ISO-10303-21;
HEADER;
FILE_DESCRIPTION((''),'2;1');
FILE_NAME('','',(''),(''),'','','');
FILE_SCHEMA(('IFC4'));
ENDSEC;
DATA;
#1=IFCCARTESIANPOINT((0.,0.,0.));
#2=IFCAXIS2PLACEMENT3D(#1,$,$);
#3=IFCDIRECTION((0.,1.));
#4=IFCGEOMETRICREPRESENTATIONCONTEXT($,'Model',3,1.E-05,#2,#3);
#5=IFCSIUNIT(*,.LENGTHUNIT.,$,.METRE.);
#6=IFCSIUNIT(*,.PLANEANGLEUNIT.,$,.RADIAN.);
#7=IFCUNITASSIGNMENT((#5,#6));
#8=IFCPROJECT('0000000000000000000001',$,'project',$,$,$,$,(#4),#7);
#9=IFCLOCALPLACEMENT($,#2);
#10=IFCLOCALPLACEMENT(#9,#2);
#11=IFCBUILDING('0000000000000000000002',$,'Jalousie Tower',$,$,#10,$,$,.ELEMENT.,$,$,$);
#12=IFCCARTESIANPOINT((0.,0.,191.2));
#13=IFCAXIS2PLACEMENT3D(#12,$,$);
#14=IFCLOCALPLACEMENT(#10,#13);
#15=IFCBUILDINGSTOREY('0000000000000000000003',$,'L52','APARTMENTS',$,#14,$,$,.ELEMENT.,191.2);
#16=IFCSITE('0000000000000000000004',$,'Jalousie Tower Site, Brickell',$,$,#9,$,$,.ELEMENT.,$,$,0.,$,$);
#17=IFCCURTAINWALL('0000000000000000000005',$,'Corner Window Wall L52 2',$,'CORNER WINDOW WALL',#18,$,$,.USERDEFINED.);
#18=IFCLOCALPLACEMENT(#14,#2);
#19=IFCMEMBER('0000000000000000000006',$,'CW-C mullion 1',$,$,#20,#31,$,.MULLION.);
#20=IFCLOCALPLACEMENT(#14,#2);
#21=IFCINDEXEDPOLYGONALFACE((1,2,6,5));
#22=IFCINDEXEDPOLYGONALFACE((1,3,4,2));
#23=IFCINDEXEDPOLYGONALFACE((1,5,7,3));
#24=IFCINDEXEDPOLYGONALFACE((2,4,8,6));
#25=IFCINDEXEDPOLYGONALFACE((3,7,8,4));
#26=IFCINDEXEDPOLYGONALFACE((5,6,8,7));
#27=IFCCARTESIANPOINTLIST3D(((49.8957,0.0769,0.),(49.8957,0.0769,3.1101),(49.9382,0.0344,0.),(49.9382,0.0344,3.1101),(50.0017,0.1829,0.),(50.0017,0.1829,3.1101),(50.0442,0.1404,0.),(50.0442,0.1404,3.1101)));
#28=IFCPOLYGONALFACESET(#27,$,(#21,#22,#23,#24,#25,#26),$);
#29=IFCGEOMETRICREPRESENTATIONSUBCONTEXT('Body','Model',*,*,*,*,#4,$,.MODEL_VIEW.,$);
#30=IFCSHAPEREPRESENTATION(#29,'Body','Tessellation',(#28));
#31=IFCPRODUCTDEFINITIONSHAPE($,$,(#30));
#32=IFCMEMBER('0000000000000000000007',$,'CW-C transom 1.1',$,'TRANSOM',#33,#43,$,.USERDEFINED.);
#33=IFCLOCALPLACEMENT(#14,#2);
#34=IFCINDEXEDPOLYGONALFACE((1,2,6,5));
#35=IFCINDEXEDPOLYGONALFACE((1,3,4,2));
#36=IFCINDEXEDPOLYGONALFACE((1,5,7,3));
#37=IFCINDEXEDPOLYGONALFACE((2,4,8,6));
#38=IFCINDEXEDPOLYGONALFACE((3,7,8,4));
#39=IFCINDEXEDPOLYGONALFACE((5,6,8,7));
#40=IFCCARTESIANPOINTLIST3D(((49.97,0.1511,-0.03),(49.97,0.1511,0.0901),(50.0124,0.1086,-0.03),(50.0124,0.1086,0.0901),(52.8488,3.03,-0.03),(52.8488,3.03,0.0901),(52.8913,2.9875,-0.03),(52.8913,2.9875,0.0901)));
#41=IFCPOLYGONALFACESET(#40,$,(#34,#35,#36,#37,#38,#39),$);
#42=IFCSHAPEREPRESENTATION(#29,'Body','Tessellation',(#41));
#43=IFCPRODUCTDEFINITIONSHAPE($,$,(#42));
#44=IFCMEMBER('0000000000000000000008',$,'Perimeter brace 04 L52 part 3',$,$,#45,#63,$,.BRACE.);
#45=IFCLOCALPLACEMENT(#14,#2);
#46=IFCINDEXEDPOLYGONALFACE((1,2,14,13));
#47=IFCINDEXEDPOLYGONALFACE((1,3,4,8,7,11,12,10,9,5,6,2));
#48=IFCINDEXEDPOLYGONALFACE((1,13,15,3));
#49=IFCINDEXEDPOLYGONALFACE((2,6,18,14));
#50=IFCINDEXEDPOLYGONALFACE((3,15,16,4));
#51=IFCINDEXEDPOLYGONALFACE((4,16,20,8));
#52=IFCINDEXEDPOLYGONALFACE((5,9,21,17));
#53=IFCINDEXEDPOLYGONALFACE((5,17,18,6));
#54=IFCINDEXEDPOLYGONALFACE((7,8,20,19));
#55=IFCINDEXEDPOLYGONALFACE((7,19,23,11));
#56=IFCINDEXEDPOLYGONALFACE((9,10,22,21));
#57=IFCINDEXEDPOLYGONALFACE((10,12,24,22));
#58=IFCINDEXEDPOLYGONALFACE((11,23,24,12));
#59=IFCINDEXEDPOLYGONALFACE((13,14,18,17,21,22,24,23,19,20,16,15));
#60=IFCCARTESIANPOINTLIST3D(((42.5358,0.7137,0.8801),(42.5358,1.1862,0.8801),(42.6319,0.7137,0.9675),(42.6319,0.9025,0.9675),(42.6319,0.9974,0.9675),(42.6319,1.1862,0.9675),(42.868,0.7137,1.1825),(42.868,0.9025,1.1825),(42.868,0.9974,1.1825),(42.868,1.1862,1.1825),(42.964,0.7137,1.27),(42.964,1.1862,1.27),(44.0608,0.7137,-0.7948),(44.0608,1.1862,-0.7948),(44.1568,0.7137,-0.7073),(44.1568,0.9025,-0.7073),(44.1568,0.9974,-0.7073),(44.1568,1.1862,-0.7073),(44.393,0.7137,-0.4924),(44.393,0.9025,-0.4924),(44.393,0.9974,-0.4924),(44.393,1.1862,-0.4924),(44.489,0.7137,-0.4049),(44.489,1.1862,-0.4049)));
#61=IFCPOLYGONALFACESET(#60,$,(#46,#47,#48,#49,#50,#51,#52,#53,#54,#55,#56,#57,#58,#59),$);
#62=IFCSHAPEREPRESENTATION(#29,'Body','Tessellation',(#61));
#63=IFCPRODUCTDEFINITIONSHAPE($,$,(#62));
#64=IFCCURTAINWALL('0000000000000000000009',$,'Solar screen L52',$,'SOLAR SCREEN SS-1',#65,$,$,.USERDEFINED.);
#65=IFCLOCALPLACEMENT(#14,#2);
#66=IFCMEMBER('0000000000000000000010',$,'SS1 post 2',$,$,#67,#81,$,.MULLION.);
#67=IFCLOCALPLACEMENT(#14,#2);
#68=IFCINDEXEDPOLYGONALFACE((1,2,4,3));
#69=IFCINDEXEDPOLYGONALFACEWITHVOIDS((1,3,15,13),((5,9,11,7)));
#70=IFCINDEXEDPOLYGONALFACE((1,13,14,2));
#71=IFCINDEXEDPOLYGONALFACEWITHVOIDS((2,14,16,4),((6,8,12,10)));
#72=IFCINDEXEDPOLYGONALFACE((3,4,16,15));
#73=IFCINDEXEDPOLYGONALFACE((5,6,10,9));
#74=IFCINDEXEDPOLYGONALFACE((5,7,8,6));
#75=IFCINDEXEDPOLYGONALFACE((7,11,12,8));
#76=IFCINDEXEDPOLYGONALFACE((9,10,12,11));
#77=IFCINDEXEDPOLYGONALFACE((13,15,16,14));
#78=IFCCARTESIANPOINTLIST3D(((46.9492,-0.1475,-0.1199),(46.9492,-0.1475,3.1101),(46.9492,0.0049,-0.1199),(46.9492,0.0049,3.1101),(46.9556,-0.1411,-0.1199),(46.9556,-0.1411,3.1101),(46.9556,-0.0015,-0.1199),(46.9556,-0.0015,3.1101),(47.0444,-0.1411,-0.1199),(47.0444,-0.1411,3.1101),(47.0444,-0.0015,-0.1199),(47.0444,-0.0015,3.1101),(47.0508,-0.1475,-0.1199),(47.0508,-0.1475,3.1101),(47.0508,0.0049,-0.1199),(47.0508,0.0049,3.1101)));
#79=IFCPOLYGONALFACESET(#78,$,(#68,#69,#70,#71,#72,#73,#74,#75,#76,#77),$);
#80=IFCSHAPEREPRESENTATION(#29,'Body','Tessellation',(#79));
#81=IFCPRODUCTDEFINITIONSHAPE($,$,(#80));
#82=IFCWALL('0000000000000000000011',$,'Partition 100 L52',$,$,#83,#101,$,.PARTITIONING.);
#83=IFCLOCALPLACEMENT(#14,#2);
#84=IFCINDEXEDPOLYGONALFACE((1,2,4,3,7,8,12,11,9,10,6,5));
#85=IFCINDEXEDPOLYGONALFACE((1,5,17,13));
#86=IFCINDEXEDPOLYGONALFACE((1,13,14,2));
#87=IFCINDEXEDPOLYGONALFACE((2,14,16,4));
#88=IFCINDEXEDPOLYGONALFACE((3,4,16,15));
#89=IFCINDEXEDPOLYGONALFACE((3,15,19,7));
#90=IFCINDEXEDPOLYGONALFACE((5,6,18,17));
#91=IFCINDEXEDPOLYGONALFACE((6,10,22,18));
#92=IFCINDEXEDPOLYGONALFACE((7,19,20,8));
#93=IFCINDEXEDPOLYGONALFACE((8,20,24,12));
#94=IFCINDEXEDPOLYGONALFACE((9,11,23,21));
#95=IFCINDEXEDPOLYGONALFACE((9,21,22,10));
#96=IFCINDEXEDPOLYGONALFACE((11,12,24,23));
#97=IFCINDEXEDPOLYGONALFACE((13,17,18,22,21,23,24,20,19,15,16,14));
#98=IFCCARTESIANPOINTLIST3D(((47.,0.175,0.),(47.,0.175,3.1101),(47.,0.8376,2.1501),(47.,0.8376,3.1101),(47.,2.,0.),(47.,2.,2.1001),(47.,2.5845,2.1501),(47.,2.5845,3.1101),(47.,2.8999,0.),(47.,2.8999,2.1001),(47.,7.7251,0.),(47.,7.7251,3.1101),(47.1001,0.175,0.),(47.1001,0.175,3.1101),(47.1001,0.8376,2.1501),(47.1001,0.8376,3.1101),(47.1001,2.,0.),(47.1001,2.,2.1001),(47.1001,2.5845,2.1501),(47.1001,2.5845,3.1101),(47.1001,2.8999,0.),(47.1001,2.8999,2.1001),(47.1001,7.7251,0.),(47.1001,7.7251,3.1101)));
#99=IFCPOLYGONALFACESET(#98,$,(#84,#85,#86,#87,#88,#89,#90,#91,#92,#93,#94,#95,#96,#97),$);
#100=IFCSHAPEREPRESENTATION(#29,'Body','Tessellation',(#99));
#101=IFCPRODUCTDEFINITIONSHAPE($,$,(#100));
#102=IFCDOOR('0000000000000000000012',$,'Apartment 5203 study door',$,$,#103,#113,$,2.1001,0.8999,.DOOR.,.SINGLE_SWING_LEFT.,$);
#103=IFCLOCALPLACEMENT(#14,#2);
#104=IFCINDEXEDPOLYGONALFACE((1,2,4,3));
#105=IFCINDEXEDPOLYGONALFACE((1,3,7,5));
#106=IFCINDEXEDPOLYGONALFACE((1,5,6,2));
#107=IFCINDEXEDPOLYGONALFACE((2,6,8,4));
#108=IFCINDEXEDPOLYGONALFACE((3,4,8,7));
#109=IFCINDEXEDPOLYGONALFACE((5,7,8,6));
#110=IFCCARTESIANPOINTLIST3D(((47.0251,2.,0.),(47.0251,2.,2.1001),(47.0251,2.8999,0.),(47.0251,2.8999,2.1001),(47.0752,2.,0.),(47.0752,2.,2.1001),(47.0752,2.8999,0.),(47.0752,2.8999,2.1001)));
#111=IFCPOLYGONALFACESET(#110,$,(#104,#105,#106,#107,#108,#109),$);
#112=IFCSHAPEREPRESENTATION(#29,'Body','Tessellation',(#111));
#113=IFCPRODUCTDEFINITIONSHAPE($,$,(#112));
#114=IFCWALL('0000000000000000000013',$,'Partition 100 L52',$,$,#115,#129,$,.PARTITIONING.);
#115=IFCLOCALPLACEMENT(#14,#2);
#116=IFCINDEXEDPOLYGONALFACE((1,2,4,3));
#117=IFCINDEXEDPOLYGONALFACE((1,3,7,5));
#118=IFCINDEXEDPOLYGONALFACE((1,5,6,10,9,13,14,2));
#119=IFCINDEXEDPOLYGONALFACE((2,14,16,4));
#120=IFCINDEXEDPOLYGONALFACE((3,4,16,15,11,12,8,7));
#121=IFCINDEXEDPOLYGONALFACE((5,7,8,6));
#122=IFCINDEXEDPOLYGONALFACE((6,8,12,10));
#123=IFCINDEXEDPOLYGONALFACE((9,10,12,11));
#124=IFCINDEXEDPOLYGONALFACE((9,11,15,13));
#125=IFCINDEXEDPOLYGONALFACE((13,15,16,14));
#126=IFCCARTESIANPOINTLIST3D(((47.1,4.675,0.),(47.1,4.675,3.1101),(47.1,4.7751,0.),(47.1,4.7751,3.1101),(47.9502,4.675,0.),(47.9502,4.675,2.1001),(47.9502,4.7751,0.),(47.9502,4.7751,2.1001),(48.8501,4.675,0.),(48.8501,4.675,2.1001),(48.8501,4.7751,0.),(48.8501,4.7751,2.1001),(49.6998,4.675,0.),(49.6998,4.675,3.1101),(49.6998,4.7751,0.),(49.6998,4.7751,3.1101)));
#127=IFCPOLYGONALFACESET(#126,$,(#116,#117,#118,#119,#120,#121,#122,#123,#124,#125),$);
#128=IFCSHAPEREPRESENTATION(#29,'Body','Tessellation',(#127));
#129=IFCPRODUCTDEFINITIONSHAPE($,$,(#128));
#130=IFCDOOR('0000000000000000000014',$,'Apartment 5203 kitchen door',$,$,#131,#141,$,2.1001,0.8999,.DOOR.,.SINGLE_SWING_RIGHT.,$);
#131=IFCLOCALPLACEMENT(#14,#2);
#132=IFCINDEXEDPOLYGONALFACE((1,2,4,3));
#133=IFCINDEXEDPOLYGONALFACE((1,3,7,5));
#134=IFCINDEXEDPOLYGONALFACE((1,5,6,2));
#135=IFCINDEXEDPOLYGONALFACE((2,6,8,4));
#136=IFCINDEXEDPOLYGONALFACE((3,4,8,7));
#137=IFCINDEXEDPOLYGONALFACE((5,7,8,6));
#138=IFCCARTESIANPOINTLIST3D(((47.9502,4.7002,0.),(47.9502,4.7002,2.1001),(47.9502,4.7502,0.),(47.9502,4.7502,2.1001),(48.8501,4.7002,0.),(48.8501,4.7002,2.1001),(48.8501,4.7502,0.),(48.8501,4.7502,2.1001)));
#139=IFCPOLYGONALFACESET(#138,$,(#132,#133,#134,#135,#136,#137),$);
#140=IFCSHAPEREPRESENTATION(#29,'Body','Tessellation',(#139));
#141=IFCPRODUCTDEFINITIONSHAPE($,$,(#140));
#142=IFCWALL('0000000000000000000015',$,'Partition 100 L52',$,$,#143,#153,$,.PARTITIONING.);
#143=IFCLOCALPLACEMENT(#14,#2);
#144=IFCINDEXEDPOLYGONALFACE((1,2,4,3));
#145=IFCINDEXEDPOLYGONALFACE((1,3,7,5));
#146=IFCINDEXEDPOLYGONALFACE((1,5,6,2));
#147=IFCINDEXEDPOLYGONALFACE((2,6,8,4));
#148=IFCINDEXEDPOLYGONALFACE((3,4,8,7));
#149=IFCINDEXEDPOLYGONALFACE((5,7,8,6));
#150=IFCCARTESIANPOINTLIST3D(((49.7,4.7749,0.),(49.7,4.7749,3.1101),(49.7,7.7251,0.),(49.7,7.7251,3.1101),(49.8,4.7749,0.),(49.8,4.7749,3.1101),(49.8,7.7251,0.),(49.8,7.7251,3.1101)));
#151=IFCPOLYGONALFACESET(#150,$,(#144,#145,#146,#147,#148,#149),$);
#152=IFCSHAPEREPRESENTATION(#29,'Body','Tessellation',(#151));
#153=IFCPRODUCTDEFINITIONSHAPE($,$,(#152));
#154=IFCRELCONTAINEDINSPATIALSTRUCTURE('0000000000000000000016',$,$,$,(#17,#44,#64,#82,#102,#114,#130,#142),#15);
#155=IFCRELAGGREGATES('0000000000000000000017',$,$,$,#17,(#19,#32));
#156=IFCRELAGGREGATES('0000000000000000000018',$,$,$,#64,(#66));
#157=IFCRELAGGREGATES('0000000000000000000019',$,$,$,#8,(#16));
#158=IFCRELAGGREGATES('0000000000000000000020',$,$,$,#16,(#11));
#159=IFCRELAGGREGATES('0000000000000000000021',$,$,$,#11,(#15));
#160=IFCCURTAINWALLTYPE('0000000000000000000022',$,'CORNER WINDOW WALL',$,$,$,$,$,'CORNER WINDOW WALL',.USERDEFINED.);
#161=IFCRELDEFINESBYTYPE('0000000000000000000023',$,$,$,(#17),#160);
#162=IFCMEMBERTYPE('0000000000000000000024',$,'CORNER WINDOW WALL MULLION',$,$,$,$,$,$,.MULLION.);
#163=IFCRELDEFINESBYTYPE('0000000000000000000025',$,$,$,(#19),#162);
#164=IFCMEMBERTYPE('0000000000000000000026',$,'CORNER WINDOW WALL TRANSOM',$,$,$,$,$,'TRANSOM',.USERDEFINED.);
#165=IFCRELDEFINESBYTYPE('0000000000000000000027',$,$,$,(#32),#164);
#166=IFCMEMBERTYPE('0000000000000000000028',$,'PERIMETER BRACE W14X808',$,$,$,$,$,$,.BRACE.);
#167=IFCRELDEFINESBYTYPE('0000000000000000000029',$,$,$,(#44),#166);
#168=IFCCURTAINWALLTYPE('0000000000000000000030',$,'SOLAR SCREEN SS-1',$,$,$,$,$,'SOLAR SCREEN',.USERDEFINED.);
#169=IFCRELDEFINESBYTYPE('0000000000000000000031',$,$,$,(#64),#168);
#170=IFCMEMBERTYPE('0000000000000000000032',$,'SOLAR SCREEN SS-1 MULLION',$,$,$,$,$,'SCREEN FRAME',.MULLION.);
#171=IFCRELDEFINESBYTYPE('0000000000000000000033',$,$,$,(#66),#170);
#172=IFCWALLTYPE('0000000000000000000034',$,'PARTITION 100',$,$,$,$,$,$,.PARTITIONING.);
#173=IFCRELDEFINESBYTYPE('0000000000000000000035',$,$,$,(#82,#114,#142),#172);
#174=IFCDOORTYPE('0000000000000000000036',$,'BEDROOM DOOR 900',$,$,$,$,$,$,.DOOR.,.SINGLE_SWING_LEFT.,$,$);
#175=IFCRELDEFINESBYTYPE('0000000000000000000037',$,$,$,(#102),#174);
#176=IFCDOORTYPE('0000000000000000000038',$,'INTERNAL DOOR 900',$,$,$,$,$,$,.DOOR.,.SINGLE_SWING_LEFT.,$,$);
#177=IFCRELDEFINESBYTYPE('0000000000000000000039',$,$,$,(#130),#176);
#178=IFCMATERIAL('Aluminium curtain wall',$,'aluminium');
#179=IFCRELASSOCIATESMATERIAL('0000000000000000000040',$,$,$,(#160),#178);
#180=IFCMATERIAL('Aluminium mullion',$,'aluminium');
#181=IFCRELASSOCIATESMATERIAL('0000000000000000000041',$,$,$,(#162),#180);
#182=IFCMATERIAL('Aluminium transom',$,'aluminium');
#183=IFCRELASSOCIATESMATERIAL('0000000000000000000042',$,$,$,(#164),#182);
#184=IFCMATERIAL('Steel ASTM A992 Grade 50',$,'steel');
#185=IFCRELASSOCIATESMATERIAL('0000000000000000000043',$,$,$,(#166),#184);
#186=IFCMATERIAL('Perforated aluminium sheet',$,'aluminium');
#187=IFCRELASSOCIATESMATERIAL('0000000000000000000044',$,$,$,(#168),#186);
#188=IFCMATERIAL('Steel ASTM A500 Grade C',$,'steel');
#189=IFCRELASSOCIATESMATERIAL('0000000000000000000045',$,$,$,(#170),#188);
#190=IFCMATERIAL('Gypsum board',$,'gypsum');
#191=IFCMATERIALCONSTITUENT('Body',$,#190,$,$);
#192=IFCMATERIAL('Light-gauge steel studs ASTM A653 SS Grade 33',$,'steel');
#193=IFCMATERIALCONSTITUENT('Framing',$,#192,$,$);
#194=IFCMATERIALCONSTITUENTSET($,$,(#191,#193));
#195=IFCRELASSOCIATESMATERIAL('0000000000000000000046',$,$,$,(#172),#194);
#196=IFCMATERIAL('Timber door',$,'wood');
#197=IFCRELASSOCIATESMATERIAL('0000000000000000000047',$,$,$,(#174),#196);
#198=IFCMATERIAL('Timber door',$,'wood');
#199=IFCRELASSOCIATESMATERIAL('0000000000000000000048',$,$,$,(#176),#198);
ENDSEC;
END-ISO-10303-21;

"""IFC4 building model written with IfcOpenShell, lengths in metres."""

from ifc_helpers import new_model, si_unit, direction, frame, frame_2d, origin, origin_2d, place, context, subcontext, project, spatial, polyline, rectangle, hollow_rectangle, i_section, outline, extrude, material, constituent, constituent_set, material_profile, profile_set, type_object, element, fill, aggregate, save


model = new_model("IFC4")

# Units and contexts
model_context = context("Model", 3, precision=1e-05, world=origin(), true_north=direction((0.0, 1.0)))
body_context = subcontext(model_context, "Body", "Model", "MODEL_VIEW")
ifc_project = project(units=[si_unit("LENGTHUNIT", "METRE"), si_unit("PLANEANGLEUNIT", "RADIAN")], contexts=[model_context])

# Site, building, storey
site_placement = place(None, origin())
site = spatial("IfcSite", under=ifc_project, at=site_placement, Name="Jalousie Tower Site, Brickell", CompositionType="ELEMENT", RefElevation=0.0)
building_placement = place(site_placement, origin())
building = spatial("IfcBuilding", under=site, at=building_placement, Name="Jalousie Tower", CompositionType="ELEMENT")
storey_placement = place(building_placement, frame((0.0, 0.0, 191.2)))
storey = spatial("IfcBuildingStorey", under=building, at=storey_placement, Name="L52", Description="APARTMENTS", CompositionType="ELEMENT", Elevation=191.2)

# Curtain wall, members
ifc_material_1 = material(Name="Aluminium curtain wall", Category="aluminium")
curtain_wall_type_1 = type_object("IfcCurtainWallType", Name="CORNER WINDOW WALL", ElementType="CORNER WINDOW WALL", PredefinedType="USERDEFINED", material=ifc_material_1)
curtain_wall_1_placement = place(storey_placement, origin())
curtain_wall_1 = element("IfcCurtainWall", 1, at=curtain_wall_1_placement, inside=storey, type_object=curtain_wall_type_1, Name="Corner Window Wall L52 2", ObjectType="CORNER WINDOW WALL", PredefinedType="USERDEFINED")
ifc_material_2 = material(Name="Aluminium mullion", Category="aluminium")
ifc_material_profile_1 = material_profile(ifc_material_2, rectangle(XDim=0.0601, YDim=0.1499, at=origin_2d()), Name="MULLION 60x150")
ifc_profile_set_1 = profile_set([ifc_material_profile_1], Name="Aluminium mullion")
member_type_1 = type_object("IfcMemberType", Name="CORNER WINDOW WALL MULLION", PredefinedType="MULLION", material=ifc_profile_set_1)
member_1_placement = place(storey_placement, frame((49.97, 0.1086, 0.0), z_axis=(0.0, 0.0, 1.0), x_axis=(-0.707107, 0.707107, 0.0)))
member_1 = element("IfcMember", 2, at=member_1_placement, type_object=member_type_1, Name="CW-C mullion 1", PredefinedType="MULLION", context=body_context, shape_type="SweptSolid", body=[
    extrude(rectangle(XDim=0.0601, YDim=0.1499, at=origin_2d()), origin(), (0.0, 0.0, 1.0), 3.1101),
])
ifc_material_3 = material(Name="Aluminium transom", Category="aluminium")
ifc_material_profile_2 = material_profile(ifc_material_3, rectangle(XDim=0.0601, YDim=0.1201, at=origin_2d()), Name="TRANSOM 60x120")
ifc_profile_set_2 = profile_set([ifc_material_profile_2], Name="Aluminium transom")
member_type_2 = type_object("IfcMemberType", Name="CORNER WINDOW WALL TRANSOM", ElementType="TRANSOM", PredefinedType="USERDEFINED", material=ifc_profile_set_2)
member_2_placement = place(storey_placement, frame((49.9912, 0.1299, 0.03), z_axis=(0.707107, 0.707107, 0.0), x_axis=(-0.707107, 0.707107, 0.0)))
member_2 = element("IfcMember", 3, at=member_2_placement, type_object=member_type_2, Name="CW-C transom 1.1", ObjectType="TRANSOM", PredefinedType="USERDEFINED", context=body_context, shape_type="SweptSolid", body=[
    extrude(rectangle(XDim=0.0601, YDim=0.1201, at=origin_2d()), origin(), (0.0, 0.0, 1.0), 4.0713),
])
aggregate(curtain_wall_1, [member_1, member_2])

# Member
ifc_material_4 = material(Name="Steel ASTM A992 Grade 50", Category="steel")
ifc_material_profile_3 = material_profile(ifc_material_4, i_section(OverallWidth=0.4724, OverallDepth=0.5791, WebThickness=0.095, FlangeThickness=0.1299, at=origin_2d()), Name="W14X808")
ifc_profile_set_3 = profile_set([ifc_material_profile_3], Name="Steel ASTM A992 Grade 50")
member_type_3 = type_object("IfcMemberType", Name="PERIMETER BRACE W14X808", PredefinedType="BRACE", material=ifc_profile_set_3)
member_3_placement = place(storey_placement, frame((44.2749, 0.95, -0.5999), z_axis=(-0.673241, 0.0, 0.739423), x_axis=(0.0, -1.0, 0.0)))
element("IfcMember", 4, at=member_3_placement, inside=storey, type_object=member_type_3, Name="Perimeter brace 04 L52 part 3", PredefinedType="BRACE", context=body_context, shape_type="SweptSolid", body=[
    extrude(i_section(OverallWidth=0.4724, OverallDepth=0.5791, WebThickness=0.095, FlangeThickness=0.1299, at=origin_2d()), origin(), (0.0, 0.0, 1.0), 2.2651),
])

# Curtain wall, member
ifc_material_5 = material(Name="Perforated aluminium sheet", Category="aluminium")
curtain_wall_type_2 = type_object("IfcCurtainWallType", Name="SOLAR SCREEN SS-1", ElementType="SOLAR SCREEN", PredefinedType="USERDEFINED", material=ifc_material_5)
curtain_wall_2_placement = place(storey_placement, origin())
curtain_wall_2 = element("IfcCurtainWall", 5, at=curtain_wall_2_placement, inside=storey, type_object=curtain_wall_type_2, Name="Solar screen L52", ObjectType="SOLAR SCREEN SS-1", PredefinedType="USERDEFINED")
ifc_material_6 = material(Name="Steel ASTM A500 Grade C", Category="steel")
ifc_material_profile_4 = material_profile(ifc_material_6, hollow_rectangle(XDim=0.1016, YDim=0.1523, WallThickness=0.0063, at=origin_2d()), Name="HSS6X4X1/4")
ifc_profile_set_4 = profile_set([ifc_material_profile_4], Name="Steel ASTM A500 Grade C")
member_type_4 = type_object("IfcMemberType", Name="SOLAR SCREEN SS-1 MULLION", ElementType="SCREEN FRAME", PredefinedType="MULLION", material=ifc_profile_set_4)
member_4_placement = place(storey_placement, frame((47.0, -0.0713, -0.1199), z_axis=(0.0, 0.0, 1.0), x_axis=(1.0, 0.0, 0.0)))
member_4 = element("IfcMember", 6, at=member_4_placement, type_object=member_type_4, Name="SS1 post 2", PredefinedType="MULLION", context=body_context, shape_type="SweptSolid", body=[
    extrude(hollow_rectangle(XDim=0.1016, YDim=0.1523, WallThickness=0.0063, at=origin_2d()), origin(), (0.0, 0.0, 1.0), 3.23),
])
aggregate(curtain_wall_2, [member_4])

# Walls, openings, doors
ifc_material_7 = material(Name="Gypsum board", Category="gypsum")
ifc_constituent_1 = constituent(ifc_material_7, Name="Body")
ifc_material_8 = material(Name="Light-gauge steel studs ASTM A653 SS Grade 33", Category="steel")
ifc_constituent_2 = constituent(ifc_material_8, Name="Framing")
ifc_constituent_set_1 = constituent_set(constituents=[ifc_constituent_1, ifc_constituent_2])
wall_type_1 = type_object("IfcWallType", Name="PARTITION 100", PredefinedType="PARTITIONING", material=ifc_constituent_set_1)
wall_1_placement = place(storey_placement, frame((47.05, 0.175, 0.0), z_axis=(0.0, 0.0, 1.0), x_axis=(0.0, 1.0, 0.0)))
wall_1 = element("IfcWall", 7, at=wall_1_placement, inside=storey, type_object=wall_type_1, Name="Partition 100 L52", PredefinedType="PARTITIONING", context=body_context, shape_type="SweptSolid", body=[
    extrude(outline(polyline([(0.0, 0.0), (7.55, 0.0), (7.55, 3.1101), (2.4094, 3.1101), (2.4094, 2.1501), (0.6626, 2.1501), (0.6626, 3.1101), (0.0, 3.1101), (0.0, 0.0)])), frame((0.0, 0.05, 0.0), z_axis=(0.0, -1.0, 0.0), x_axis=(1.0, 0.0, 0.0)), (0.0, 0.0, 1.0), 0.1001),
])
opening_1_placement = place(wall_1_placement, frame((1.825, 0.0, 0.0)))
opening_1 = element("IfcOpeningElement", 8, at=opening_1_placement, cuts=wall_1, PredefinedType="OPENING", context=body_context, shape_type="SweptSolid", body=[
    extrude(rectangle(XDim=0.8999, YDim=2.1001, at=frame_2d((0.45, 1.05))), frame((0.0, 0.0601, 0.0), z_axis=(0.0, -1.0, 0.0), x_axis=(1.0, 0.0, 0.0)), (0.0, 0.0, 1.0), 0.1201),
])
ifc_material_9 = material(Name="Timber door", Category="wood")
door_type_1 = type_object("IfcDoorType", Name="BEDROOM DOOR 900", OperationType="SINGLE_SWING_LEFT", PredefinedType="DOOR", material=ifc_material_9)
door_1_placement = place(opening_1_placement, origin())
door_1 = element("IfcDoor", 9, at=door_1_placement, inside=storey, type_object=door_type_1, Name="Apartment 5203 study door", OperationType="SINGLE_SWING_LEFT", OverallHeight=2.1001, OverallWidth=0.8999, PredefinedType="DOOR", context=body_context, shape_type="SweptSolid", body=[
    extrude(rectangle(XDim=0.8999, YDim=2.1001, at=frame_2d((0.45, 1.05))), frame((0.0, 0.0249, 0.0), z_axis=(0.0, -1.0, 0.0), x_axis=(1.0, 0.0, 0.0)), (0.0, 0.0, 1.0), 0.05),
])
fill(opening_1, door_1)
wall_2_placement = place(storey_placement, frame((47.1001, 4.7251, 0.0), z_axis=(0.0, 0.0, 1.0), x_axis=(1.0, 0.0, 0.0)))
wall_2 = element("IfcWall", 10, at=wall_2_placement, inside=storey, type_object=wall_type_1, Name="Partition 100 L52", PredefinedType="PARTITIONING", context=body_context, shape_type="SweptSolid", body=[
    extrude(rectangle(XDim=2.5999, YDim=0.1001, at=frame_2d((1.2998, 0.0))), origin(), (0.0, 0.0, 1.0), 3.1101),
])
opening_2_placement = place(wall_2_placement, frame((0.8501, 0.0, 0.0)))
opening_2 = element("IfcOpeningElement", 11, at=opening_2_placement, cuts=wall_2, PredefinedType="OPENING", context=body_context, shape_type="SweptSolid", body=[
    extrude(rectangle(XDim=0.8999, YDim=2.1001, at=frame_2d((0.45, 1.05))), frame((0.0, 0.0601, 0.0), z_axis=(0.0, -1.0, 0.0), x_axis=(1.0, 0.0, 0.0)), (0.0, 0.0, 1.0), 0.1201),
])
ifc_material_10 = material(Name="Timber door", Category="wood")
door_type_2 = type_object("IfcDoorType", Name="INTERNAL DOOR 900", OperationType="SINGLE_SWING_LEFT", PredefinedType="DOOR", material=ifc_material_10)
door_2_placement = place(opening_2_placement, frame((0.8999, 0.0, 0.0), z_axis=(0.0, 0.0, 1.0), x_axis=(-1.0, 0.0, 0.0)))
door_2 = element("IfcDoor", 12, at=door_2_placement, inside=storey, type_object=door_type_2, Name="Apartment 5203 kitchen door", OperationType="SINGLE_SWING_RIGHT", OverallHeight=2.1001, OverallWidth=0.8999, PredefinedType="DOOR", context=body_context, shape_type="SweptSolid", body=[
    extrude(rectangle(XDim=0.8999, YDim=2.1001, at=frame_2d((0.45, 1.05))), frame((0.0, 0.0249, 0.0), z_axis=(0.0, -1.0, 0.0), x_axis=(1.0, 0.0, 0.0)), (0.0, 0.0, 1.0), 0.05),
])
fill(opening_2, door_2)

# Wall
wall_3_placement = place(storey_placement, frame((49.75, 4.7749, 0.0), z_axis=(0.0, 0.0, 1.0), x_axis=(0.0, 1.0, 0.0)))
element("IfcWall", 13, at=wall_3_placement, inside=storey, type_object=wall_type_1, Name="Partition 100 L52", PredefinedType="PARTITIONING", context=body_context, shape_type="SweptSolid", body=[
    extrude(rectangle(XDim=2.9502, YDim=0.1001, at=frame_2d((1.4751, 0.0))), origin(), (0.0, 0.0, 1.0), 3.1101),
])

save(model, "model.ifc")
